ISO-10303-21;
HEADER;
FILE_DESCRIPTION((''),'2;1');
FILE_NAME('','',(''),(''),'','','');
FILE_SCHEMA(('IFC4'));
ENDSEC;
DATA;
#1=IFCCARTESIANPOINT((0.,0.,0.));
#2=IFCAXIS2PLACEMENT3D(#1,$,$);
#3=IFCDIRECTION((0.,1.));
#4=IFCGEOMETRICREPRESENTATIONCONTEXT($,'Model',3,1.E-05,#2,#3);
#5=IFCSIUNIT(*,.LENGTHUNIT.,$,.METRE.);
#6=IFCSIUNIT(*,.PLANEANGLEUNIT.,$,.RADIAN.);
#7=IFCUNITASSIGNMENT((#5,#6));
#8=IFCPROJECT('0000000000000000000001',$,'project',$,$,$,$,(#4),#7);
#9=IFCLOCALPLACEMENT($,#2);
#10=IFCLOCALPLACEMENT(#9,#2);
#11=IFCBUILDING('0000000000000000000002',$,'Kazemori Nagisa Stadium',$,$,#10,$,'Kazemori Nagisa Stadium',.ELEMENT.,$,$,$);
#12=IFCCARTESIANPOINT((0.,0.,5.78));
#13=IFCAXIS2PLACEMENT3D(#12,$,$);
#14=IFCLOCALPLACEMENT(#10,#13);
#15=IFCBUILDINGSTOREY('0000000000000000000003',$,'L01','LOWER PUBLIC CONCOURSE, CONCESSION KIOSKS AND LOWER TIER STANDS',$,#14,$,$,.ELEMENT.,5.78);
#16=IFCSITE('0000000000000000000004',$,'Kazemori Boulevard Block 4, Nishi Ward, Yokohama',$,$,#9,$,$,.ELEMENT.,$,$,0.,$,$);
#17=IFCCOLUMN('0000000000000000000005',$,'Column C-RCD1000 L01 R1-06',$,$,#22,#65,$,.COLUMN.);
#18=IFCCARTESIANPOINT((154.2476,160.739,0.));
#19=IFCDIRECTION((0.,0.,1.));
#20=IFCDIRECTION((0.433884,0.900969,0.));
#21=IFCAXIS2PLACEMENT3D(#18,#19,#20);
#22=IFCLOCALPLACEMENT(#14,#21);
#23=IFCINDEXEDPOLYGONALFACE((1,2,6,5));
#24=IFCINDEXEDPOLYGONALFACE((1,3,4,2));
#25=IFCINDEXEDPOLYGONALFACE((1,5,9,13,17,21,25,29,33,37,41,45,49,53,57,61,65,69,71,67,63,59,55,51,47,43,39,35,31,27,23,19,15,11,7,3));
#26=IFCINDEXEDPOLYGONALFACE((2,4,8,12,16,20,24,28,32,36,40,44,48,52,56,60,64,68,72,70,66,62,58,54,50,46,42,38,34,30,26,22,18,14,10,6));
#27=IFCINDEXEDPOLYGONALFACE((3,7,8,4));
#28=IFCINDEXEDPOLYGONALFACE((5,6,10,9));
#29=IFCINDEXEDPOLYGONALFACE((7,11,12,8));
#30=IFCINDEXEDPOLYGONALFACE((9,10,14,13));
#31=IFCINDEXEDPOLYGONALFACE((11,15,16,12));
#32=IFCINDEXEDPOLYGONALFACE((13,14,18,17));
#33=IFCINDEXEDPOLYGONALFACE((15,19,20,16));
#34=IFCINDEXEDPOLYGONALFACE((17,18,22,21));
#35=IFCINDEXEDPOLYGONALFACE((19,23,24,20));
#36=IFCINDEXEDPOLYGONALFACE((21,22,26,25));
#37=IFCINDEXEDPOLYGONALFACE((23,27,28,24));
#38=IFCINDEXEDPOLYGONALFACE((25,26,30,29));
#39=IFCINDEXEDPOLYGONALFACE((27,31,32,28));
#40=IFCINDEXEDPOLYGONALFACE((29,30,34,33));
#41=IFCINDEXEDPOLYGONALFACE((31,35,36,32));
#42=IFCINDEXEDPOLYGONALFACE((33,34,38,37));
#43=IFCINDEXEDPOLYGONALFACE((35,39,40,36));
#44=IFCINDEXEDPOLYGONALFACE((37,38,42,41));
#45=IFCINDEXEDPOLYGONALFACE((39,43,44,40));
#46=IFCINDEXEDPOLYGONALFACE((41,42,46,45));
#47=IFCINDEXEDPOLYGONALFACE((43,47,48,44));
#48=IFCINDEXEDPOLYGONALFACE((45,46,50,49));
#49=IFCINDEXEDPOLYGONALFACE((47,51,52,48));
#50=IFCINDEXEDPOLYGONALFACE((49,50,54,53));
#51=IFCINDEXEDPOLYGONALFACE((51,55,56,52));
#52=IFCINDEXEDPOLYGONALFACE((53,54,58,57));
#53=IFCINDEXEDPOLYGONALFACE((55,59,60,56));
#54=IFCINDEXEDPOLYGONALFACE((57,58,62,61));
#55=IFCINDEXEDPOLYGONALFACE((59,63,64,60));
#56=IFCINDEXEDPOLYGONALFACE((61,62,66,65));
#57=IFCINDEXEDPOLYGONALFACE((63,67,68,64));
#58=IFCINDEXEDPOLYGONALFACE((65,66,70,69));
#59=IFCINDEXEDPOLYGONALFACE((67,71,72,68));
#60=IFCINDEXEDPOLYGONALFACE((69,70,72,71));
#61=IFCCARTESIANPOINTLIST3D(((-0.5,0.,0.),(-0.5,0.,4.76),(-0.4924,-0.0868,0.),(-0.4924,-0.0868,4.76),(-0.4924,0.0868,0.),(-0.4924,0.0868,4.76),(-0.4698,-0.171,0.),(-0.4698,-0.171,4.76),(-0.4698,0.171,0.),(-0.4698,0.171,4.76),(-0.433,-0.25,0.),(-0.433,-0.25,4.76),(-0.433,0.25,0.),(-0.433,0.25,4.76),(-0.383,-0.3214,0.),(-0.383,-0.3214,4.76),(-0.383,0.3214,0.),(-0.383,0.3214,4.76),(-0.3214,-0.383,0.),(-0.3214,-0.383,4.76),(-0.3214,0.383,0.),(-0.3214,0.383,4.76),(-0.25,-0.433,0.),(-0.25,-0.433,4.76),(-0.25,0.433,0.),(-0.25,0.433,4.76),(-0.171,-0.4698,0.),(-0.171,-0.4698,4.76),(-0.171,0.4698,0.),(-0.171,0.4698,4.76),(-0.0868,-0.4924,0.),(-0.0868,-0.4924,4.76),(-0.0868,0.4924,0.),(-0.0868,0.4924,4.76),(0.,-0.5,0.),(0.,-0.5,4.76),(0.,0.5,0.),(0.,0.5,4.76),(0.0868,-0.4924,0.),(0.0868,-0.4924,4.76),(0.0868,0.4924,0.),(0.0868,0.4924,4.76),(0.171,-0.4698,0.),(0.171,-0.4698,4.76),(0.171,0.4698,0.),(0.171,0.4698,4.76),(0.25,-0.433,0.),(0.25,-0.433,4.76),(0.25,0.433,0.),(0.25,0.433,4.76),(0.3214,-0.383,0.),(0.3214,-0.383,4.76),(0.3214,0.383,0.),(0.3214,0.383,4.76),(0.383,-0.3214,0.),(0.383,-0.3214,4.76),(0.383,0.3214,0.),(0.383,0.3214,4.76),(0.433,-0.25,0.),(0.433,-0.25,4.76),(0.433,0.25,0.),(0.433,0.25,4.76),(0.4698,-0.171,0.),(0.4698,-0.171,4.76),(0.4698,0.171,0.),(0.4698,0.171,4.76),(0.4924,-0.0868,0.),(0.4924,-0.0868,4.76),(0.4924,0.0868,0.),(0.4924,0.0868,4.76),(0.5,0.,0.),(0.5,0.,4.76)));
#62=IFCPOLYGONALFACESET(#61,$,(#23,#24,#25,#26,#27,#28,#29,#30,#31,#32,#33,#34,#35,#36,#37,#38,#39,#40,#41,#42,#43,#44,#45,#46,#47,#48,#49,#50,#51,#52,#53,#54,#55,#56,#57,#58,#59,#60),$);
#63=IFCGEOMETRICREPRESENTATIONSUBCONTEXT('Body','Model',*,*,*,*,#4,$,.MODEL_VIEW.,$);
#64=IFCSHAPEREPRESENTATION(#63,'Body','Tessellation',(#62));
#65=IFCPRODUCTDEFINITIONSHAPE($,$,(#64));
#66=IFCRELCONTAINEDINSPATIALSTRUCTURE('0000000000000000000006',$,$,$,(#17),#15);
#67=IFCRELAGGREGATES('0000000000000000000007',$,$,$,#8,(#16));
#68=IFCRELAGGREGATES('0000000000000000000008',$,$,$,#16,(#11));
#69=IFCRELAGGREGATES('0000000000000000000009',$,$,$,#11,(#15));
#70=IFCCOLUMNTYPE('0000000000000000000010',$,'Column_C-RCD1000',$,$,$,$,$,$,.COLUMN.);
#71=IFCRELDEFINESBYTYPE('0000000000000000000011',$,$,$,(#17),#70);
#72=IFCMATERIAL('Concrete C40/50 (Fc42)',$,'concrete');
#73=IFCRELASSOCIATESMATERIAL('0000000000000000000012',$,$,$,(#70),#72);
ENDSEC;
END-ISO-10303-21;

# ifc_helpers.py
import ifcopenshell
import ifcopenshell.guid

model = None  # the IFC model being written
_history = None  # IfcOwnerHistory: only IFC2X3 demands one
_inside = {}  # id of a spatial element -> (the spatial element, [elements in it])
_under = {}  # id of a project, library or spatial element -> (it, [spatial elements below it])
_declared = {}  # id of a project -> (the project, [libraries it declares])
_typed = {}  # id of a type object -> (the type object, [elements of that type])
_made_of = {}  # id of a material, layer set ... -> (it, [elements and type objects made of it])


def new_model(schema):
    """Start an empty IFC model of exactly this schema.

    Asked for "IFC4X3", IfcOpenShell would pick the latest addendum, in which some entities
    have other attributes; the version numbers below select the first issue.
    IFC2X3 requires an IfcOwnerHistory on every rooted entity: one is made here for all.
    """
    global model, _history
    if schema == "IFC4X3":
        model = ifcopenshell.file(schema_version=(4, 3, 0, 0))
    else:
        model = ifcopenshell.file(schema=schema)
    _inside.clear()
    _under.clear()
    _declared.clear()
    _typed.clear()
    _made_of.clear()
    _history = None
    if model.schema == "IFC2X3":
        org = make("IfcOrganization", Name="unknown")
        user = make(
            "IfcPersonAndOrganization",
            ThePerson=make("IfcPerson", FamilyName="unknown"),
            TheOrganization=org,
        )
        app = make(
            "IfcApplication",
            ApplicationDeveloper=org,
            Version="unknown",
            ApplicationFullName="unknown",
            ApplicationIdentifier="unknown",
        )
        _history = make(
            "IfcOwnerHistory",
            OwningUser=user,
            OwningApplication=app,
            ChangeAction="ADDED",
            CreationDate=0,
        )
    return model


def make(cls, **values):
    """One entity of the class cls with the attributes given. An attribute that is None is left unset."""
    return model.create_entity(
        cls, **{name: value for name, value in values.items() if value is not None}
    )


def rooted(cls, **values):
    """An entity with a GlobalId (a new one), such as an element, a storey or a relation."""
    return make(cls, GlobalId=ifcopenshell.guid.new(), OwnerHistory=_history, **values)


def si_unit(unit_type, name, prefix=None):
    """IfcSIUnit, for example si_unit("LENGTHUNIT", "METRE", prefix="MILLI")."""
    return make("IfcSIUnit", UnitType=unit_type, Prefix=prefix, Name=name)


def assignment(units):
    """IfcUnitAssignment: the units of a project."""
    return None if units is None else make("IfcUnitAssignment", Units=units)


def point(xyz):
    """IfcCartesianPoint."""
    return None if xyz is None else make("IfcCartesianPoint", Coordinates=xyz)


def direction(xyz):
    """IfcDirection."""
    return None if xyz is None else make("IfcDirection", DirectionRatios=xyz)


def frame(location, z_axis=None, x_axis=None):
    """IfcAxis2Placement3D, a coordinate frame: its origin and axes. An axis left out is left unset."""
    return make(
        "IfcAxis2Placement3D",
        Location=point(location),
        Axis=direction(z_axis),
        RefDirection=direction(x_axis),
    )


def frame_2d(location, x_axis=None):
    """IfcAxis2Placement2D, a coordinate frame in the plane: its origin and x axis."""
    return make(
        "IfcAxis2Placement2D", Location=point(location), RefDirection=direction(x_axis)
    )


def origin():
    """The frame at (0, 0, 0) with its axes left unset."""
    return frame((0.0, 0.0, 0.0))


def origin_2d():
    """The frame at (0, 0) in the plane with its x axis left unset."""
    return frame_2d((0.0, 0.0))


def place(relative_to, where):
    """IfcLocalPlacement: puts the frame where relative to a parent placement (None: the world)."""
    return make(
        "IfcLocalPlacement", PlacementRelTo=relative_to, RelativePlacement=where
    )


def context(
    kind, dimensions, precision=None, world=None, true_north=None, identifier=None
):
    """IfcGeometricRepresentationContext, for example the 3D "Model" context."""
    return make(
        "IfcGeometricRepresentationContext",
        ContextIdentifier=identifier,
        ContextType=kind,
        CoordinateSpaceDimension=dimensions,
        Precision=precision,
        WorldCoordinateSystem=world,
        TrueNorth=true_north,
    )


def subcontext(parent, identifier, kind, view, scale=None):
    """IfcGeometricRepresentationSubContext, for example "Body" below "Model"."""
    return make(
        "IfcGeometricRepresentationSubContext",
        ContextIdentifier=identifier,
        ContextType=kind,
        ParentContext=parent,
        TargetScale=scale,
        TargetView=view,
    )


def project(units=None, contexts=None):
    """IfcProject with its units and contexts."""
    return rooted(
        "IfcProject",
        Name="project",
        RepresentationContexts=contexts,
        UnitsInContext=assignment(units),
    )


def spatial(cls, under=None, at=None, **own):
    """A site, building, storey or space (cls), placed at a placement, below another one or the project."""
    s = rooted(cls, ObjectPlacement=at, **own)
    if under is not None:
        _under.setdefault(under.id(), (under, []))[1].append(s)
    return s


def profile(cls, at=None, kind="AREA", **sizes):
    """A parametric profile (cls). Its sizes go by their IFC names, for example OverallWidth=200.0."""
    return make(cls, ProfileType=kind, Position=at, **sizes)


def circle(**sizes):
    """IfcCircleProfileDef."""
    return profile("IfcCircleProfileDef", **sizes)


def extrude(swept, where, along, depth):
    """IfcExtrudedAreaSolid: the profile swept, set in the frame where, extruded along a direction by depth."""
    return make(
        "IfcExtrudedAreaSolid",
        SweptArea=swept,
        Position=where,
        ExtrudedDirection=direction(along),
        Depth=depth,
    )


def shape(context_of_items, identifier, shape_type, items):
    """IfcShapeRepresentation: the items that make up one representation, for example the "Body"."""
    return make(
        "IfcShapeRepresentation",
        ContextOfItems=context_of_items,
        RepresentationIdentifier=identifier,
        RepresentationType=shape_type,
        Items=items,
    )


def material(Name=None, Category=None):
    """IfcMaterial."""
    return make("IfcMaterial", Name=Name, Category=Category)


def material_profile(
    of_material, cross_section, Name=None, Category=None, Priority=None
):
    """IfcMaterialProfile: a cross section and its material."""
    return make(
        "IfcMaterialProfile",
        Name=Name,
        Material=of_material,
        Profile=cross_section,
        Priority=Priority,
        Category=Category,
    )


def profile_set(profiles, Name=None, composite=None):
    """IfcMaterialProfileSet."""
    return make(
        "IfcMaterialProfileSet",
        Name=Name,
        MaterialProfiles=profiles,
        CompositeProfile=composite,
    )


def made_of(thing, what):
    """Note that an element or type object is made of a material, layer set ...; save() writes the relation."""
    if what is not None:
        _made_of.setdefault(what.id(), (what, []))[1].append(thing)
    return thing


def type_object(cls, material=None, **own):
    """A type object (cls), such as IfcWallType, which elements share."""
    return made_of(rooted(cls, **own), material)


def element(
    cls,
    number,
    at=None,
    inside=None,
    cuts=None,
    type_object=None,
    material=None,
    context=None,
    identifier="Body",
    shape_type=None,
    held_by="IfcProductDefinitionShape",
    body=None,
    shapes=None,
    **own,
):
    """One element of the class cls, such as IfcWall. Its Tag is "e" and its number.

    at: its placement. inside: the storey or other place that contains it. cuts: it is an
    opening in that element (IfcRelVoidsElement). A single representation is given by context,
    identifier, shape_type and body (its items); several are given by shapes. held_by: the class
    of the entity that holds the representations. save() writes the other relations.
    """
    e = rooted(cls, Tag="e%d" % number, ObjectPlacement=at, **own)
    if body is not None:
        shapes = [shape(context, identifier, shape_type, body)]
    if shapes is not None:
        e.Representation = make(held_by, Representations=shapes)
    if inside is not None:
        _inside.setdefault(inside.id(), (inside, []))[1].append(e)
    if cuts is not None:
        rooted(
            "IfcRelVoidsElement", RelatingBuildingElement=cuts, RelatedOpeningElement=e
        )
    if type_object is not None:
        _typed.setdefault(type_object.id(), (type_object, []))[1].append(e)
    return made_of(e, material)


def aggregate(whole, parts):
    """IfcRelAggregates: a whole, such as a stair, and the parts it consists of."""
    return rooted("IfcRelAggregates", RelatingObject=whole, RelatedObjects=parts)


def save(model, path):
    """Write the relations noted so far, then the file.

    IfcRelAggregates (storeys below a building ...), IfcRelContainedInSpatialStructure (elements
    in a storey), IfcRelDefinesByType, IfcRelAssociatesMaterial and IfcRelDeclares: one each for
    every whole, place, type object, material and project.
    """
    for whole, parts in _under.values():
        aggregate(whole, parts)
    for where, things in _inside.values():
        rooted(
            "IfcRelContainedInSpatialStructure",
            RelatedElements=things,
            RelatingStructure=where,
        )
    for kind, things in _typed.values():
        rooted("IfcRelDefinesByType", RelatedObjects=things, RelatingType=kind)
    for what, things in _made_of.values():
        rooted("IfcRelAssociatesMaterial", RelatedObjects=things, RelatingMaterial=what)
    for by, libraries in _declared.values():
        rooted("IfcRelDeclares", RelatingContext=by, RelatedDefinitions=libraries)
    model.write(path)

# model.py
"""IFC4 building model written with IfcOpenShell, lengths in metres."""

from ifc_helpers import new_model, si_unit, direction, frame, origin, origin_2d, place, context, subcontext, project, spatial, circle, extrude, material, material_profile, profile_set, type_object, element, save


model = new_model("IFC4")

# Units and contexts
model_context = context("Model", 3, precision=1e-05, world=origin(), true_north=direction((0.0, 1.0)))
body_context = subcontext(model_context, "Body", "Model", "MODEL_VIEW")
ifc_project = project(units=[si_unit("LENGTHUNIT", "METRE"), si_unit("PLANEANGLEUNIT", "RADIAN")], contexts=[model_context])

# Site, building, storey
site_placement = place(None, origin())
site = spatial("IfcSite", under=ifc_project, at=site_placement, Name="Kazemori Boulevard Block 4, Nishi Ward, Yokohama", CompositionType="ELEMENT", RefElevation=0.0)
building_placement = place(site_placement, origin())
building = spatial("IfcBuilding", under=site, at=building_placement, Name="Kazemori Nagisa Stadium", LongName="Kazemori Nagisa Stadium", CompositionType="ELEMENT")
storey_placement = place(building_placement, frame((0.0, 0.0, 5.78)))
storey = spatial("IfcBuildingStorey", under=building, at=storey_placement, Name="L01", Description="LOWER PUBLIC CONCOURSE, CONCESSION KIOSKS AND LOWER TIER STANDS", CompositionType="ELEMENT", Elevation=5.78)

# Column
ifc_material_1 = material(Name="Concrete C40/50 (Fc42)", Category="concrete")
ifc_material_profile_1 = material_profile(ifc_material_1, circle(Radius=0.5, at=origin_2d()), Name="RC-COL-D1000")
ifc_profile_set_1 = profile_set([ifc_material_profile_1], Name="Concrete C40/50 (Fc42)")
column_type_1 = type_object("IfcColumnType", Name="Column_C-RCD1000", PredefinedType="COLUMN", material=ifc_profile_set_1)
column_placement = place(storey_placement, frame((154.2476, 160.739, 0.0), z_axis=(0.0, 0.0, 1.0), x_axis=(0.433884, 0.900969, 0.0)))
element("IfcColumn", 1, at=column_placement, inside=storey, type_object=column_type_1, Name="Column C-RCD1000 L01 R1-06", PredefinedType="COLUMN", context=body_context, shape_type="SweptSolid", body=[
    extrude(circle(Radius=0.5, at=origin_2d()), origin(), (0.0, 0.0, 1.0), 4.76),
])

save(model, "model.ifc")
